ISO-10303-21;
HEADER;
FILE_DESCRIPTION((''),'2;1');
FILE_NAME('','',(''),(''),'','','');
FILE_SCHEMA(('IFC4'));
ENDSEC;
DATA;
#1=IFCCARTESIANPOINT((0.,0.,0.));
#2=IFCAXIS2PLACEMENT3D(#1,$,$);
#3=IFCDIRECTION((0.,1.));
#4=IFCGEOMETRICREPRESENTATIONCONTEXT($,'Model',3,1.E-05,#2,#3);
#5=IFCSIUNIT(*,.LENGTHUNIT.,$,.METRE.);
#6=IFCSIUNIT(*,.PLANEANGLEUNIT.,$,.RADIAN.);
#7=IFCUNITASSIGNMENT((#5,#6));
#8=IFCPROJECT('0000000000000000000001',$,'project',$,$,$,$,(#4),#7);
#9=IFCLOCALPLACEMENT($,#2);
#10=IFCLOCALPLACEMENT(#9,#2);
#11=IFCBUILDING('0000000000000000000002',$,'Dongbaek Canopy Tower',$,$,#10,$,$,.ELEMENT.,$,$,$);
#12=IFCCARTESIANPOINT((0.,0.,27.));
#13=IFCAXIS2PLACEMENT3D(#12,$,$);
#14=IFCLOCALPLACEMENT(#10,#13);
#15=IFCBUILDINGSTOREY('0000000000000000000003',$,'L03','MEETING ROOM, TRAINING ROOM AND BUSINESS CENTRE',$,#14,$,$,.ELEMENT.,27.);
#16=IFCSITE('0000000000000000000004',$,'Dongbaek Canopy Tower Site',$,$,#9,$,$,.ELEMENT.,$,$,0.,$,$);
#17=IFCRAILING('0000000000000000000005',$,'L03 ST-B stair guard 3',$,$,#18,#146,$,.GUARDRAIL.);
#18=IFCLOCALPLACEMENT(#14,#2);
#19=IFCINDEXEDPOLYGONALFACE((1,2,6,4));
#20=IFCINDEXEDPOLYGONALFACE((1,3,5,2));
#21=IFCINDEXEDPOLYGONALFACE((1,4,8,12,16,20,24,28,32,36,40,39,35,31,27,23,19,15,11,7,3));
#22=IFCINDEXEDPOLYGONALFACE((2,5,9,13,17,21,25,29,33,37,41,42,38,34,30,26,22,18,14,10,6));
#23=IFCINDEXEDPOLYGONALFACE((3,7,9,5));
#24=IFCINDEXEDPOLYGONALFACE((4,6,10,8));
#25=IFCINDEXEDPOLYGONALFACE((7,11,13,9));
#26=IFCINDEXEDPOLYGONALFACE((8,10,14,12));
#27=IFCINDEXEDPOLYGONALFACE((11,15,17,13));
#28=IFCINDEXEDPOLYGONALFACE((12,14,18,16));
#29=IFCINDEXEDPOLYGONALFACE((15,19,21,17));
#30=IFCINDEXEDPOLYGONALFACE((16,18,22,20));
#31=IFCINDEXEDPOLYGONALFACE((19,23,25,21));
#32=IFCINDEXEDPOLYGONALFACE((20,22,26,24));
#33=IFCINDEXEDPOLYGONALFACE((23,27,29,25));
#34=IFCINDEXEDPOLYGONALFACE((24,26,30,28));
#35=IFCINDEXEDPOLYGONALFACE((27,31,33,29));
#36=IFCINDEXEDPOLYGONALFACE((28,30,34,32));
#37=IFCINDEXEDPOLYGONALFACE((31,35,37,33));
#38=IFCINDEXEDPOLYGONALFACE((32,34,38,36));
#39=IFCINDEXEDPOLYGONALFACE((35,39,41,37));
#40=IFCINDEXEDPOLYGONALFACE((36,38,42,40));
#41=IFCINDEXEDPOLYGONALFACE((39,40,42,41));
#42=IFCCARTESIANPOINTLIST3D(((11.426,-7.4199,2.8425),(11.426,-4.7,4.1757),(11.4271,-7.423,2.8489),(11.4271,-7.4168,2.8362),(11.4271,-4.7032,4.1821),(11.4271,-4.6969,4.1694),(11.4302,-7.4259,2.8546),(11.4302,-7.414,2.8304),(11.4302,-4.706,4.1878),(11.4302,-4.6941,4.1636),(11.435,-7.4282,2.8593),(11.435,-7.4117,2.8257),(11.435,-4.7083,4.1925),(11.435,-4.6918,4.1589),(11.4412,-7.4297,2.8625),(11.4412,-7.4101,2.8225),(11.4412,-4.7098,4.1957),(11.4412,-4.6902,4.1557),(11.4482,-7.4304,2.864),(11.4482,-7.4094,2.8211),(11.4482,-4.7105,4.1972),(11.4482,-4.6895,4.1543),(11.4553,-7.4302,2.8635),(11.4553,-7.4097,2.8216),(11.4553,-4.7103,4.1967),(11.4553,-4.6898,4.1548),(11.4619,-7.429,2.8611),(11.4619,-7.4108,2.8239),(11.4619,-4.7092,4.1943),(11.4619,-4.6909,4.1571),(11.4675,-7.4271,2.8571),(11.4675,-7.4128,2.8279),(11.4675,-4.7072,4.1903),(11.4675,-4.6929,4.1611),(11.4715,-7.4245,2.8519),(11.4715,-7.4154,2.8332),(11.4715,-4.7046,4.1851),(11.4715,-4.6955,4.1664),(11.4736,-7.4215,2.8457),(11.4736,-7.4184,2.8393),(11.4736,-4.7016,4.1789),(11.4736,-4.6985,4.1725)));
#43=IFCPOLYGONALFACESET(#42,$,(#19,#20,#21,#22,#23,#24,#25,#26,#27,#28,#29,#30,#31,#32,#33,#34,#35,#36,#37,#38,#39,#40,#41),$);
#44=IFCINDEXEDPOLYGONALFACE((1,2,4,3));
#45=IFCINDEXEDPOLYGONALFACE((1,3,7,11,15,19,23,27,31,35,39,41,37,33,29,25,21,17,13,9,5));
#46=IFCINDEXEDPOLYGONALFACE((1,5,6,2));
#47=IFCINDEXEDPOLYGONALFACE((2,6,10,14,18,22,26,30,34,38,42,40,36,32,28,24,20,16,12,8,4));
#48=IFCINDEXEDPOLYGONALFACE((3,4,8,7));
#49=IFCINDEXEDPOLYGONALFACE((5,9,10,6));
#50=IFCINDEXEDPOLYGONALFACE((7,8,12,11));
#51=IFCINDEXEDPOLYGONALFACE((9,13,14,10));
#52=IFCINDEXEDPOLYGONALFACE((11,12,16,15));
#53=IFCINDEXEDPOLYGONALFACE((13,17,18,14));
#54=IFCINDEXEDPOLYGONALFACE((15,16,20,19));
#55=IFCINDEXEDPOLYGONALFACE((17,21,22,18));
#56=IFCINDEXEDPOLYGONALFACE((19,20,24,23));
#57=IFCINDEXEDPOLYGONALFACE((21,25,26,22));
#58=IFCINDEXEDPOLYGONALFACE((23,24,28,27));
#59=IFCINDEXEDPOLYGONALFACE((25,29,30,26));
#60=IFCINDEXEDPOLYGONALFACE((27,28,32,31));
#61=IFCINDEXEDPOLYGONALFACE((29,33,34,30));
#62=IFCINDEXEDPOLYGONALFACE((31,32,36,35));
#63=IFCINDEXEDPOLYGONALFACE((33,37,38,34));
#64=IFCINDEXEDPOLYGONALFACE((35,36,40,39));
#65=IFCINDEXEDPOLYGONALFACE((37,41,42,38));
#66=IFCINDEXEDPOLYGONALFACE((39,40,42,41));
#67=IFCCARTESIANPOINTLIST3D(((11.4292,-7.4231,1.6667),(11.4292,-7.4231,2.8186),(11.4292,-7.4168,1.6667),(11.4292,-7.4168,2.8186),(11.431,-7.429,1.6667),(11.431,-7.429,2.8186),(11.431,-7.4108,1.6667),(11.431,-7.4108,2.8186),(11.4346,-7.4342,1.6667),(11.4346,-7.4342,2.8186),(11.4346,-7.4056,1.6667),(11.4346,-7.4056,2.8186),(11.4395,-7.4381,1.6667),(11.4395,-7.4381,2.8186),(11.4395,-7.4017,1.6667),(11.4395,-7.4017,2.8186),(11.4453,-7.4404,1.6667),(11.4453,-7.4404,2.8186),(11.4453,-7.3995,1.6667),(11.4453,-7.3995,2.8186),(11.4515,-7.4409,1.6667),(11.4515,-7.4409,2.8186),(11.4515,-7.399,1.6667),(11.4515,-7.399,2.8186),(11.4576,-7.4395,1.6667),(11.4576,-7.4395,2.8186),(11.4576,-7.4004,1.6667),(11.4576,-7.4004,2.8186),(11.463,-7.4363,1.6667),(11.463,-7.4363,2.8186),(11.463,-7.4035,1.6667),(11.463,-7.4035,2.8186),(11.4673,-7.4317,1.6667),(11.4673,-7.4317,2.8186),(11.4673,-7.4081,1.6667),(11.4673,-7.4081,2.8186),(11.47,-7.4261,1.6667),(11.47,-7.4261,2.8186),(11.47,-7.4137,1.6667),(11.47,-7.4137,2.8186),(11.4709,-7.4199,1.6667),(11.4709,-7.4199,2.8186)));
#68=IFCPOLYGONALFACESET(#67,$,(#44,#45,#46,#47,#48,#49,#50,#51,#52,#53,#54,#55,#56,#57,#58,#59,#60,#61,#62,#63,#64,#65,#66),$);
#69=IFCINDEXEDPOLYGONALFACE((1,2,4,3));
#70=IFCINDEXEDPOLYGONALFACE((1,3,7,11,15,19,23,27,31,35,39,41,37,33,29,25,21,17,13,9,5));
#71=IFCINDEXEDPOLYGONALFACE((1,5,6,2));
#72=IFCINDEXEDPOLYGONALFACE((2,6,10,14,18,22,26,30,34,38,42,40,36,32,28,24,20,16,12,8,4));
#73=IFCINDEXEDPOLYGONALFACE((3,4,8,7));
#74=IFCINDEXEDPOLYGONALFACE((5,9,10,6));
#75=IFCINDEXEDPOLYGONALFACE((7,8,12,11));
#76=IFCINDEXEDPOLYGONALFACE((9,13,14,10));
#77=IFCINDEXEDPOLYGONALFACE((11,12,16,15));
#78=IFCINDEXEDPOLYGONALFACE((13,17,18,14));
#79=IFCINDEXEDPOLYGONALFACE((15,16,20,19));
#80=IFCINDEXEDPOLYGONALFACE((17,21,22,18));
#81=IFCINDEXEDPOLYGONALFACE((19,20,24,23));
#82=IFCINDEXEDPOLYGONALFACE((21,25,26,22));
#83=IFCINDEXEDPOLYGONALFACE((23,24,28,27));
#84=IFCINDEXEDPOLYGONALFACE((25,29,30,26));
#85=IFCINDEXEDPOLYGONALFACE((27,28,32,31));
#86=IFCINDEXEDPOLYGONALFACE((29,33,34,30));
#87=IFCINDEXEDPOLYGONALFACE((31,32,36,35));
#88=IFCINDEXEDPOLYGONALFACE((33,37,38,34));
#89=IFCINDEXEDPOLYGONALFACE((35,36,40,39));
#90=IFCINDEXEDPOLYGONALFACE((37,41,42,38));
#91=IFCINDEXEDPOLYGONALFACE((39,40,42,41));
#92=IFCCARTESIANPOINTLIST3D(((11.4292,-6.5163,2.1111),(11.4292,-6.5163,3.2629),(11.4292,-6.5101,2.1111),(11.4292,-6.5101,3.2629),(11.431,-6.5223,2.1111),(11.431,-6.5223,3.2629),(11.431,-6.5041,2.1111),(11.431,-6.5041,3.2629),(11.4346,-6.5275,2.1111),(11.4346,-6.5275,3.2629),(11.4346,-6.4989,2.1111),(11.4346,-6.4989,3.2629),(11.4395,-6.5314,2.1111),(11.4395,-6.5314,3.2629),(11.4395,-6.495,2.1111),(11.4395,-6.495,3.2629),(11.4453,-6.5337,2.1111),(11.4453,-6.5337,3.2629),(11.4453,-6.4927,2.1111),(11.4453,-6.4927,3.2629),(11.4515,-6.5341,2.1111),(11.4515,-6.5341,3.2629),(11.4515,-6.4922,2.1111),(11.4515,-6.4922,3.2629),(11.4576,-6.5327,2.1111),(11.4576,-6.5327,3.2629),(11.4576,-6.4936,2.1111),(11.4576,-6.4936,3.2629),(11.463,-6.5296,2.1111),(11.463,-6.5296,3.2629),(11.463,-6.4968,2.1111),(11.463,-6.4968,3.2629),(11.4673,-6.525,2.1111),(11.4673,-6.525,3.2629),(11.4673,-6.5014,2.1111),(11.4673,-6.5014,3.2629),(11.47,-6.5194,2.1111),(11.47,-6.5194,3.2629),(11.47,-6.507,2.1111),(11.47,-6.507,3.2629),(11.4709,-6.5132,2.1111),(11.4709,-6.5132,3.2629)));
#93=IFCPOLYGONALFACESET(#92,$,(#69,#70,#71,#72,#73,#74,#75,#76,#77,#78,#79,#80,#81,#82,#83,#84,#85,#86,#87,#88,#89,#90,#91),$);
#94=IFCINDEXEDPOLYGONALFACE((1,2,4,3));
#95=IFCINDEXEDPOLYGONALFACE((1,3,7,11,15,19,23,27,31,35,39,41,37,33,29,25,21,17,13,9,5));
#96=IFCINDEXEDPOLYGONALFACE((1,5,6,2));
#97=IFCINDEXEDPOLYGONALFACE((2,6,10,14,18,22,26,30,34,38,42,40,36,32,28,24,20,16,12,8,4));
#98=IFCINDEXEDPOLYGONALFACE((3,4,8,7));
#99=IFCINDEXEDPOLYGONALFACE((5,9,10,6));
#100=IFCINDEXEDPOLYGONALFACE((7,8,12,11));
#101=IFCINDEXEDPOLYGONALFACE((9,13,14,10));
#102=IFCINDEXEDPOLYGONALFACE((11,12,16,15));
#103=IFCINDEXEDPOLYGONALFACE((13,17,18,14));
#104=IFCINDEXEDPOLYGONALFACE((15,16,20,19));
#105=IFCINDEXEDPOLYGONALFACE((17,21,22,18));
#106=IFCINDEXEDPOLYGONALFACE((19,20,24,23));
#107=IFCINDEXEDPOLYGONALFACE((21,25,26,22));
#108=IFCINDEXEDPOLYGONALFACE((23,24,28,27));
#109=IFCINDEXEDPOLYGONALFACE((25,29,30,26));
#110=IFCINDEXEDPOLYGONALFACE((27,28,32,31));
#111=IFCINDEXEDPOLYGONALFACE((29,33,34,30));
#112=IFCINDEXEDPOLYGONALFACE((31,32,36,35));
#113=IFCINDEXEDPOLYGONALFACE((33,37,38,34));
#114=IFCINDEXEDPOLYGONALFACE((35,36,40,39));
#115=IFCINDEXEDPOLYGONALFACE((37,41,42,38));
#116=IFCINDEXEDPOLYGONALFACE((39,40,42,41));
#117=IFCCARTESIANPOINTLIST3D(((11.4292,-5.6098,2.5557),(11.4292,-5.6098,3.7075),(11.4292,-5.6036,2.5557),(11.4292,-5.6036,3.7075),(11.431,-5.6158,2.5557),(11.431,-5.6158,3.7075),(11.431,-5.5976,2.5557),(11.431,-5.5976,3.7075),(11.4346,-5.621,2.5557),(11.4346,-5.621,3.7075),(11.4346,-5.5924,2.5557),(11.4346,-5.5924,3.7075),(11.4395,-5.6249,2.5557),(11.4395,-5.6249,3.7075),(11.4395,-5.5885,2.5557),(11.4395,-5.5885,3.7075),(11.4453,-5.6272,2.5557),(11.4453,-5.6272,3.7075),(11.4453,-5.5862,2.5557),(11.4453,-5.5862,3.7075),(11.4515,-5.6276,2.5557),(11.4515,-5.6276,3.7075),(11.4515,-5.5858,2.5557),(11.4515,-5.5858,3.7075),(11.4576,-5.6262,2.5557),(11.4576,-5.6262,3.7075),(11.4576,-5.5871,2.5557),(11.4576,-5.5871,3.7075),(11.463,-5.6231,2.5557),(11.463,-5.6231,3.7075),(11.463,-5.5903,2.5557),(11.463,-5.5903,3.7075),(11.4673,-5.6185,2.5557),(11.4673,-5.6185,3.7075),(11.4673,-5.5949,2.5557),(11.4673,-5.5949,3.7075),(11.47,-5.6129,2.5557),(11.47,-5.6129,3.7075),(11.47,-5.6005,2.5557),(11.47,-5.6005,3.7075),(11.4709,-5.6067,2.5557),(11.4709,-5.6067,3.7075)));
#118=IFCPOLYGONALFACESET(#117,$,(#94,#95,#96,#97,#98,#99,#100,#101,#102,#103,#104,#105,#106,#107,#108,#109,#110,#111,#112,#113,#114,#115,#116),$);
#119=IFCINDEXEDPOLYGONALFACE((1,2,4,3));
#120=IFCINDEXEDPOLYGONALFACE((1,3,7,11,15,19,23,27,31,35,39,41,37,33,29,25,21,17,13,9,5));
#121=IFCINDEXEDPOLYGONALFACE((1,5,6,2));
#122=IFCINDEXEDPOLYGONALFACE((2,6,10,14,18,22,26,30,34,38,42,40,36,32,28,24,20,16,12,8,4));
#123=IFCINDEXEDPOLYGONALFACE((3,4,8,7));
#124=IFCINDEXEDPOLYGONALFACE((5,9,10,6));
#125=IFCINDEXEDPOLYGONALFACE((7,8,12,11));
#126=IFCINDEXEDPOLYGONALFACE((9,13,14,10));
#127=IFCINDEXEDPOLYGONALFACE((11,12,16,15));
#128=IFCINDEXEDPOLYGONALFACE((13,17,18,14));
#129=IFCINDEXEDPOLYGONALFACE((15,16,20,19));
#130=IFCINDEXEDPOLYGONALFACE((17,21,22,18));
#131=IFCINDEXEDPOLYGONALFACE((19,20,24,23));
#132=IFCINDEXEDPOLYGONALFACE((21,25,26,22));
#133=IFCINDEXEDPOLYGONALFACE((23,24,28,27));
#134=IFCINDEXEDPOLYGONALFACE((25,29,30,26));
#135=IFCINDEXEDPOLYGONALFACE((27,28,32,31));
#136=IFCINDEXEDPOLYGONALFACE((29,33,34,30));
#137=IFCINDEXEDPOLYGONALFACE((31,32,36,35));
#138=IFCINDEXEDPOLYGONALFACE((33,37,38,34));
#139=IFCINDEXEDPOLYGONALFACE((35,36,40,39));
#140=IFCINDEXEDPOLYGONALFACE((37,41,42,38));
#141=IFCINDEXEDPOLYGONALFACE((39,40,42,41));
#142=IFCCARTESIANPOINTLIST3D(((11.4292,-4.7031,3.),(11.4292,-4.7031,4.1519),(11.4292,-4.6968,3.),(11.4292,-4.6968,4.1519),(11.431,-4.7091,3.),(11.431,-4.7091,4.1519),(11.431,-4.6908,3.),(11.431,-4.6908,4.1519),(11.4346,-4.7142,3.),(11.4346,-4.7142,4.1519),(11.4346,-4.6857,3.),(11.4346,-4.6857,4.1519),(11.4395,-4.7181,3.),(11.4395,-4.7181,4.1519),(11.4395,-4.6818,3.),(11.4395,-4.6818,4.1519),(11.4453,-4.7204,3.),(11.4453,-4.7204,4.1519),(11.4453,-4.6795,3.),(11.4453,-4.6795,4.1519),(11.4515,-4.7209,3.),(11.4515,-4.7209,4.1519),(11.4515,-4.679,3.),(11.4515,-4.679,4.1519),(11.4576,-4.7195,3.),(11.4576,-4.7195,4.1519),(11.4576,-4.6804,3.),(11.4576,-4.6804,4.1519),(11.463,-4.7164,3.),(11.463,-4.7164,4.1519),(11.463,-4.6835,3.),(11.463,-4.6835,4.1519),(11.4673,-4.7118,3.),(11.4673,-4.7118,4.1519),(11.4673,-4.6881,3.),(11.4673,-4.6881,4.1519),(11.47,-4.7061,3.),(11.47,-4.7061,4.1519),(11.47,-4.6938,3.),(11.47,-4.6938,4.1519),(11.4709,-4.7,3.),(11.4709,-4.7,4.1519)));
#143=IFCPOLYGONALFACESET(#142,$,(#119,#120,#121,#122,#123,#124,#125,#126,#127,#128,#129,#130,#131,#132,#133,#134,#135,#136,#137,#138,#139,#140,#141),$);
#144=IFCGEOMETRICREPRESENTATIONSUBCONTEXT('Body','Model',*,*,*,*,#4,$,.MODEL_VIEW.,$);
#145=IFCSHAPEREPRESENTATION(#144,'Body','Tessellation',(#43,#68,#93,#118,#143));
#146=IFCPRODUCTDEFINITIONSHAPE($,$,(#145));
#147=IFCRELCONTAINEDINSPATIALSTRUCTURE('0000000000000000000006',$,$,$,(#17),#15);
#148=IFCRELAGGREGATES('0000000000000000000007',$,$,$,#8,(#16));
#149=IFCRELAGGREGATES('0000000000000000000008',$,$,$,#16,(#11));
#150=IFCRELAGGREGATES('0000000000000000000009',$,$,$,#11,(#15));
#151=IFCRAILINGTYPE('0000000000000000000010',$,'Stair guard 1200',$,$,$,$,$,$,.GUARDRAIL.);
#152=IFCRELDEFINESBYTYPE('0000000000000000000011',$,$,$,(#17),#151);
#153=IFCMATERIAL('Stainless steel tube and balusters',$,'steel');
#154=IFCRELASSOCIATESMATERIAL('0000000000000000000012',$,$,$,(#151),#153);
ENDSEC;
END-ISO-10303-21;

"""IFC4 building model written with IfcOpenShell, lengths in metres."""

from ifc_helpers import new_model, si_unit, direction, frame, origin, origin_2d, place, context, subcontext, project, spatial, circle, extrude, material, type_object, element, save


model = new_model("IFC4")

# Units and contexts
model_context = context("Model", 3, precision=1e-05, world=origin(), true_north=direction((0.0, 1.0)))
body_context = subcontext(model_context, "Body", "Model", "MODEL_VIEW")
ifc_project = project(units=[si_unit("LENGTHUNIT", "METRE"), si_unit("PLANEANGLEUNIT", "RADIAN")], contexts=[model_context])

# Site, building, storey
site_placement = place(None, origin())
site = spatial("IfcSite", under=ifc_project, at=site_placement, Name="Dongbaek Canopy Tower Site", CompositionType="ELEMENT", RefElevation=0.0)
building_placement = place(site_placement, origin())
building = spatial("IfcBuilding", under=site, at=building_placement, Name="Dongbaek Canopy Tower", CompositionType="ELEMENT")
storey_placement = place(building_placement, frame((0.0, 0.0, 27.0)))
storey = spatial("IfcBuildingStorey", under=building, at=storey_placement, Name="L03", Description="MEETING ROOM, TRAINING ROOM AND BUSINESS CENTRE", CompositionType="ELEMENT", Elevation=27.0)

# Railing
ifc_material_1 = material(Name="Stainless steel tube and balusters", Category="steel")
railing_type = type_object("IfcRailingType", Name="Stair guard 1200", PredefinedType="GUARDRAIL", material=ifc_material_1)
railing_1_placement = place(storey_placement, frame((11.45, -7.4199, 1.6667)))
element("IfcRailing", 1, at=railing_1_placement, inside=storey, type_object=railing_type, Name="L03 ST-B stair guard 3", PredefinedType="GUARDRAIL", context=body_context, shape_type="SweptSolid", body=[
    extrude(circle(Radius=0.0239, at=origin_2d()), frame((0.0, 0.0, 1.1758), z_axis=(0.0, 0.897929, 0.440139), x_axis=(-1.0, 0.0, 0.0)), (0.0, 0.0, 1.0), 3.0291),
    extrude(circle(Radius=0.021, at=origin_2d()), origin(), (0.0, 0.0, 1.0), 1.1519),
    extrude(circle(Radius=0.021, at=origin_2d()), frame((0.0, 0.9067, 0.4443)), (0.0, 0.0, 1.0), 1.1519),
    extrude(circle(Radius=0.021, at=origin_2d()), frame((0.0, 1.8132, 0.8889)), (0.0, 0.0, 1.0), 1.1519),
    extrude(circle(Radius=0.021, at=origin_2d()), frame((0.0, 2.72, 1.3333)), (0.0, 0.0, 1.0), 1.1519),
])

save(model, "model.ifc")
